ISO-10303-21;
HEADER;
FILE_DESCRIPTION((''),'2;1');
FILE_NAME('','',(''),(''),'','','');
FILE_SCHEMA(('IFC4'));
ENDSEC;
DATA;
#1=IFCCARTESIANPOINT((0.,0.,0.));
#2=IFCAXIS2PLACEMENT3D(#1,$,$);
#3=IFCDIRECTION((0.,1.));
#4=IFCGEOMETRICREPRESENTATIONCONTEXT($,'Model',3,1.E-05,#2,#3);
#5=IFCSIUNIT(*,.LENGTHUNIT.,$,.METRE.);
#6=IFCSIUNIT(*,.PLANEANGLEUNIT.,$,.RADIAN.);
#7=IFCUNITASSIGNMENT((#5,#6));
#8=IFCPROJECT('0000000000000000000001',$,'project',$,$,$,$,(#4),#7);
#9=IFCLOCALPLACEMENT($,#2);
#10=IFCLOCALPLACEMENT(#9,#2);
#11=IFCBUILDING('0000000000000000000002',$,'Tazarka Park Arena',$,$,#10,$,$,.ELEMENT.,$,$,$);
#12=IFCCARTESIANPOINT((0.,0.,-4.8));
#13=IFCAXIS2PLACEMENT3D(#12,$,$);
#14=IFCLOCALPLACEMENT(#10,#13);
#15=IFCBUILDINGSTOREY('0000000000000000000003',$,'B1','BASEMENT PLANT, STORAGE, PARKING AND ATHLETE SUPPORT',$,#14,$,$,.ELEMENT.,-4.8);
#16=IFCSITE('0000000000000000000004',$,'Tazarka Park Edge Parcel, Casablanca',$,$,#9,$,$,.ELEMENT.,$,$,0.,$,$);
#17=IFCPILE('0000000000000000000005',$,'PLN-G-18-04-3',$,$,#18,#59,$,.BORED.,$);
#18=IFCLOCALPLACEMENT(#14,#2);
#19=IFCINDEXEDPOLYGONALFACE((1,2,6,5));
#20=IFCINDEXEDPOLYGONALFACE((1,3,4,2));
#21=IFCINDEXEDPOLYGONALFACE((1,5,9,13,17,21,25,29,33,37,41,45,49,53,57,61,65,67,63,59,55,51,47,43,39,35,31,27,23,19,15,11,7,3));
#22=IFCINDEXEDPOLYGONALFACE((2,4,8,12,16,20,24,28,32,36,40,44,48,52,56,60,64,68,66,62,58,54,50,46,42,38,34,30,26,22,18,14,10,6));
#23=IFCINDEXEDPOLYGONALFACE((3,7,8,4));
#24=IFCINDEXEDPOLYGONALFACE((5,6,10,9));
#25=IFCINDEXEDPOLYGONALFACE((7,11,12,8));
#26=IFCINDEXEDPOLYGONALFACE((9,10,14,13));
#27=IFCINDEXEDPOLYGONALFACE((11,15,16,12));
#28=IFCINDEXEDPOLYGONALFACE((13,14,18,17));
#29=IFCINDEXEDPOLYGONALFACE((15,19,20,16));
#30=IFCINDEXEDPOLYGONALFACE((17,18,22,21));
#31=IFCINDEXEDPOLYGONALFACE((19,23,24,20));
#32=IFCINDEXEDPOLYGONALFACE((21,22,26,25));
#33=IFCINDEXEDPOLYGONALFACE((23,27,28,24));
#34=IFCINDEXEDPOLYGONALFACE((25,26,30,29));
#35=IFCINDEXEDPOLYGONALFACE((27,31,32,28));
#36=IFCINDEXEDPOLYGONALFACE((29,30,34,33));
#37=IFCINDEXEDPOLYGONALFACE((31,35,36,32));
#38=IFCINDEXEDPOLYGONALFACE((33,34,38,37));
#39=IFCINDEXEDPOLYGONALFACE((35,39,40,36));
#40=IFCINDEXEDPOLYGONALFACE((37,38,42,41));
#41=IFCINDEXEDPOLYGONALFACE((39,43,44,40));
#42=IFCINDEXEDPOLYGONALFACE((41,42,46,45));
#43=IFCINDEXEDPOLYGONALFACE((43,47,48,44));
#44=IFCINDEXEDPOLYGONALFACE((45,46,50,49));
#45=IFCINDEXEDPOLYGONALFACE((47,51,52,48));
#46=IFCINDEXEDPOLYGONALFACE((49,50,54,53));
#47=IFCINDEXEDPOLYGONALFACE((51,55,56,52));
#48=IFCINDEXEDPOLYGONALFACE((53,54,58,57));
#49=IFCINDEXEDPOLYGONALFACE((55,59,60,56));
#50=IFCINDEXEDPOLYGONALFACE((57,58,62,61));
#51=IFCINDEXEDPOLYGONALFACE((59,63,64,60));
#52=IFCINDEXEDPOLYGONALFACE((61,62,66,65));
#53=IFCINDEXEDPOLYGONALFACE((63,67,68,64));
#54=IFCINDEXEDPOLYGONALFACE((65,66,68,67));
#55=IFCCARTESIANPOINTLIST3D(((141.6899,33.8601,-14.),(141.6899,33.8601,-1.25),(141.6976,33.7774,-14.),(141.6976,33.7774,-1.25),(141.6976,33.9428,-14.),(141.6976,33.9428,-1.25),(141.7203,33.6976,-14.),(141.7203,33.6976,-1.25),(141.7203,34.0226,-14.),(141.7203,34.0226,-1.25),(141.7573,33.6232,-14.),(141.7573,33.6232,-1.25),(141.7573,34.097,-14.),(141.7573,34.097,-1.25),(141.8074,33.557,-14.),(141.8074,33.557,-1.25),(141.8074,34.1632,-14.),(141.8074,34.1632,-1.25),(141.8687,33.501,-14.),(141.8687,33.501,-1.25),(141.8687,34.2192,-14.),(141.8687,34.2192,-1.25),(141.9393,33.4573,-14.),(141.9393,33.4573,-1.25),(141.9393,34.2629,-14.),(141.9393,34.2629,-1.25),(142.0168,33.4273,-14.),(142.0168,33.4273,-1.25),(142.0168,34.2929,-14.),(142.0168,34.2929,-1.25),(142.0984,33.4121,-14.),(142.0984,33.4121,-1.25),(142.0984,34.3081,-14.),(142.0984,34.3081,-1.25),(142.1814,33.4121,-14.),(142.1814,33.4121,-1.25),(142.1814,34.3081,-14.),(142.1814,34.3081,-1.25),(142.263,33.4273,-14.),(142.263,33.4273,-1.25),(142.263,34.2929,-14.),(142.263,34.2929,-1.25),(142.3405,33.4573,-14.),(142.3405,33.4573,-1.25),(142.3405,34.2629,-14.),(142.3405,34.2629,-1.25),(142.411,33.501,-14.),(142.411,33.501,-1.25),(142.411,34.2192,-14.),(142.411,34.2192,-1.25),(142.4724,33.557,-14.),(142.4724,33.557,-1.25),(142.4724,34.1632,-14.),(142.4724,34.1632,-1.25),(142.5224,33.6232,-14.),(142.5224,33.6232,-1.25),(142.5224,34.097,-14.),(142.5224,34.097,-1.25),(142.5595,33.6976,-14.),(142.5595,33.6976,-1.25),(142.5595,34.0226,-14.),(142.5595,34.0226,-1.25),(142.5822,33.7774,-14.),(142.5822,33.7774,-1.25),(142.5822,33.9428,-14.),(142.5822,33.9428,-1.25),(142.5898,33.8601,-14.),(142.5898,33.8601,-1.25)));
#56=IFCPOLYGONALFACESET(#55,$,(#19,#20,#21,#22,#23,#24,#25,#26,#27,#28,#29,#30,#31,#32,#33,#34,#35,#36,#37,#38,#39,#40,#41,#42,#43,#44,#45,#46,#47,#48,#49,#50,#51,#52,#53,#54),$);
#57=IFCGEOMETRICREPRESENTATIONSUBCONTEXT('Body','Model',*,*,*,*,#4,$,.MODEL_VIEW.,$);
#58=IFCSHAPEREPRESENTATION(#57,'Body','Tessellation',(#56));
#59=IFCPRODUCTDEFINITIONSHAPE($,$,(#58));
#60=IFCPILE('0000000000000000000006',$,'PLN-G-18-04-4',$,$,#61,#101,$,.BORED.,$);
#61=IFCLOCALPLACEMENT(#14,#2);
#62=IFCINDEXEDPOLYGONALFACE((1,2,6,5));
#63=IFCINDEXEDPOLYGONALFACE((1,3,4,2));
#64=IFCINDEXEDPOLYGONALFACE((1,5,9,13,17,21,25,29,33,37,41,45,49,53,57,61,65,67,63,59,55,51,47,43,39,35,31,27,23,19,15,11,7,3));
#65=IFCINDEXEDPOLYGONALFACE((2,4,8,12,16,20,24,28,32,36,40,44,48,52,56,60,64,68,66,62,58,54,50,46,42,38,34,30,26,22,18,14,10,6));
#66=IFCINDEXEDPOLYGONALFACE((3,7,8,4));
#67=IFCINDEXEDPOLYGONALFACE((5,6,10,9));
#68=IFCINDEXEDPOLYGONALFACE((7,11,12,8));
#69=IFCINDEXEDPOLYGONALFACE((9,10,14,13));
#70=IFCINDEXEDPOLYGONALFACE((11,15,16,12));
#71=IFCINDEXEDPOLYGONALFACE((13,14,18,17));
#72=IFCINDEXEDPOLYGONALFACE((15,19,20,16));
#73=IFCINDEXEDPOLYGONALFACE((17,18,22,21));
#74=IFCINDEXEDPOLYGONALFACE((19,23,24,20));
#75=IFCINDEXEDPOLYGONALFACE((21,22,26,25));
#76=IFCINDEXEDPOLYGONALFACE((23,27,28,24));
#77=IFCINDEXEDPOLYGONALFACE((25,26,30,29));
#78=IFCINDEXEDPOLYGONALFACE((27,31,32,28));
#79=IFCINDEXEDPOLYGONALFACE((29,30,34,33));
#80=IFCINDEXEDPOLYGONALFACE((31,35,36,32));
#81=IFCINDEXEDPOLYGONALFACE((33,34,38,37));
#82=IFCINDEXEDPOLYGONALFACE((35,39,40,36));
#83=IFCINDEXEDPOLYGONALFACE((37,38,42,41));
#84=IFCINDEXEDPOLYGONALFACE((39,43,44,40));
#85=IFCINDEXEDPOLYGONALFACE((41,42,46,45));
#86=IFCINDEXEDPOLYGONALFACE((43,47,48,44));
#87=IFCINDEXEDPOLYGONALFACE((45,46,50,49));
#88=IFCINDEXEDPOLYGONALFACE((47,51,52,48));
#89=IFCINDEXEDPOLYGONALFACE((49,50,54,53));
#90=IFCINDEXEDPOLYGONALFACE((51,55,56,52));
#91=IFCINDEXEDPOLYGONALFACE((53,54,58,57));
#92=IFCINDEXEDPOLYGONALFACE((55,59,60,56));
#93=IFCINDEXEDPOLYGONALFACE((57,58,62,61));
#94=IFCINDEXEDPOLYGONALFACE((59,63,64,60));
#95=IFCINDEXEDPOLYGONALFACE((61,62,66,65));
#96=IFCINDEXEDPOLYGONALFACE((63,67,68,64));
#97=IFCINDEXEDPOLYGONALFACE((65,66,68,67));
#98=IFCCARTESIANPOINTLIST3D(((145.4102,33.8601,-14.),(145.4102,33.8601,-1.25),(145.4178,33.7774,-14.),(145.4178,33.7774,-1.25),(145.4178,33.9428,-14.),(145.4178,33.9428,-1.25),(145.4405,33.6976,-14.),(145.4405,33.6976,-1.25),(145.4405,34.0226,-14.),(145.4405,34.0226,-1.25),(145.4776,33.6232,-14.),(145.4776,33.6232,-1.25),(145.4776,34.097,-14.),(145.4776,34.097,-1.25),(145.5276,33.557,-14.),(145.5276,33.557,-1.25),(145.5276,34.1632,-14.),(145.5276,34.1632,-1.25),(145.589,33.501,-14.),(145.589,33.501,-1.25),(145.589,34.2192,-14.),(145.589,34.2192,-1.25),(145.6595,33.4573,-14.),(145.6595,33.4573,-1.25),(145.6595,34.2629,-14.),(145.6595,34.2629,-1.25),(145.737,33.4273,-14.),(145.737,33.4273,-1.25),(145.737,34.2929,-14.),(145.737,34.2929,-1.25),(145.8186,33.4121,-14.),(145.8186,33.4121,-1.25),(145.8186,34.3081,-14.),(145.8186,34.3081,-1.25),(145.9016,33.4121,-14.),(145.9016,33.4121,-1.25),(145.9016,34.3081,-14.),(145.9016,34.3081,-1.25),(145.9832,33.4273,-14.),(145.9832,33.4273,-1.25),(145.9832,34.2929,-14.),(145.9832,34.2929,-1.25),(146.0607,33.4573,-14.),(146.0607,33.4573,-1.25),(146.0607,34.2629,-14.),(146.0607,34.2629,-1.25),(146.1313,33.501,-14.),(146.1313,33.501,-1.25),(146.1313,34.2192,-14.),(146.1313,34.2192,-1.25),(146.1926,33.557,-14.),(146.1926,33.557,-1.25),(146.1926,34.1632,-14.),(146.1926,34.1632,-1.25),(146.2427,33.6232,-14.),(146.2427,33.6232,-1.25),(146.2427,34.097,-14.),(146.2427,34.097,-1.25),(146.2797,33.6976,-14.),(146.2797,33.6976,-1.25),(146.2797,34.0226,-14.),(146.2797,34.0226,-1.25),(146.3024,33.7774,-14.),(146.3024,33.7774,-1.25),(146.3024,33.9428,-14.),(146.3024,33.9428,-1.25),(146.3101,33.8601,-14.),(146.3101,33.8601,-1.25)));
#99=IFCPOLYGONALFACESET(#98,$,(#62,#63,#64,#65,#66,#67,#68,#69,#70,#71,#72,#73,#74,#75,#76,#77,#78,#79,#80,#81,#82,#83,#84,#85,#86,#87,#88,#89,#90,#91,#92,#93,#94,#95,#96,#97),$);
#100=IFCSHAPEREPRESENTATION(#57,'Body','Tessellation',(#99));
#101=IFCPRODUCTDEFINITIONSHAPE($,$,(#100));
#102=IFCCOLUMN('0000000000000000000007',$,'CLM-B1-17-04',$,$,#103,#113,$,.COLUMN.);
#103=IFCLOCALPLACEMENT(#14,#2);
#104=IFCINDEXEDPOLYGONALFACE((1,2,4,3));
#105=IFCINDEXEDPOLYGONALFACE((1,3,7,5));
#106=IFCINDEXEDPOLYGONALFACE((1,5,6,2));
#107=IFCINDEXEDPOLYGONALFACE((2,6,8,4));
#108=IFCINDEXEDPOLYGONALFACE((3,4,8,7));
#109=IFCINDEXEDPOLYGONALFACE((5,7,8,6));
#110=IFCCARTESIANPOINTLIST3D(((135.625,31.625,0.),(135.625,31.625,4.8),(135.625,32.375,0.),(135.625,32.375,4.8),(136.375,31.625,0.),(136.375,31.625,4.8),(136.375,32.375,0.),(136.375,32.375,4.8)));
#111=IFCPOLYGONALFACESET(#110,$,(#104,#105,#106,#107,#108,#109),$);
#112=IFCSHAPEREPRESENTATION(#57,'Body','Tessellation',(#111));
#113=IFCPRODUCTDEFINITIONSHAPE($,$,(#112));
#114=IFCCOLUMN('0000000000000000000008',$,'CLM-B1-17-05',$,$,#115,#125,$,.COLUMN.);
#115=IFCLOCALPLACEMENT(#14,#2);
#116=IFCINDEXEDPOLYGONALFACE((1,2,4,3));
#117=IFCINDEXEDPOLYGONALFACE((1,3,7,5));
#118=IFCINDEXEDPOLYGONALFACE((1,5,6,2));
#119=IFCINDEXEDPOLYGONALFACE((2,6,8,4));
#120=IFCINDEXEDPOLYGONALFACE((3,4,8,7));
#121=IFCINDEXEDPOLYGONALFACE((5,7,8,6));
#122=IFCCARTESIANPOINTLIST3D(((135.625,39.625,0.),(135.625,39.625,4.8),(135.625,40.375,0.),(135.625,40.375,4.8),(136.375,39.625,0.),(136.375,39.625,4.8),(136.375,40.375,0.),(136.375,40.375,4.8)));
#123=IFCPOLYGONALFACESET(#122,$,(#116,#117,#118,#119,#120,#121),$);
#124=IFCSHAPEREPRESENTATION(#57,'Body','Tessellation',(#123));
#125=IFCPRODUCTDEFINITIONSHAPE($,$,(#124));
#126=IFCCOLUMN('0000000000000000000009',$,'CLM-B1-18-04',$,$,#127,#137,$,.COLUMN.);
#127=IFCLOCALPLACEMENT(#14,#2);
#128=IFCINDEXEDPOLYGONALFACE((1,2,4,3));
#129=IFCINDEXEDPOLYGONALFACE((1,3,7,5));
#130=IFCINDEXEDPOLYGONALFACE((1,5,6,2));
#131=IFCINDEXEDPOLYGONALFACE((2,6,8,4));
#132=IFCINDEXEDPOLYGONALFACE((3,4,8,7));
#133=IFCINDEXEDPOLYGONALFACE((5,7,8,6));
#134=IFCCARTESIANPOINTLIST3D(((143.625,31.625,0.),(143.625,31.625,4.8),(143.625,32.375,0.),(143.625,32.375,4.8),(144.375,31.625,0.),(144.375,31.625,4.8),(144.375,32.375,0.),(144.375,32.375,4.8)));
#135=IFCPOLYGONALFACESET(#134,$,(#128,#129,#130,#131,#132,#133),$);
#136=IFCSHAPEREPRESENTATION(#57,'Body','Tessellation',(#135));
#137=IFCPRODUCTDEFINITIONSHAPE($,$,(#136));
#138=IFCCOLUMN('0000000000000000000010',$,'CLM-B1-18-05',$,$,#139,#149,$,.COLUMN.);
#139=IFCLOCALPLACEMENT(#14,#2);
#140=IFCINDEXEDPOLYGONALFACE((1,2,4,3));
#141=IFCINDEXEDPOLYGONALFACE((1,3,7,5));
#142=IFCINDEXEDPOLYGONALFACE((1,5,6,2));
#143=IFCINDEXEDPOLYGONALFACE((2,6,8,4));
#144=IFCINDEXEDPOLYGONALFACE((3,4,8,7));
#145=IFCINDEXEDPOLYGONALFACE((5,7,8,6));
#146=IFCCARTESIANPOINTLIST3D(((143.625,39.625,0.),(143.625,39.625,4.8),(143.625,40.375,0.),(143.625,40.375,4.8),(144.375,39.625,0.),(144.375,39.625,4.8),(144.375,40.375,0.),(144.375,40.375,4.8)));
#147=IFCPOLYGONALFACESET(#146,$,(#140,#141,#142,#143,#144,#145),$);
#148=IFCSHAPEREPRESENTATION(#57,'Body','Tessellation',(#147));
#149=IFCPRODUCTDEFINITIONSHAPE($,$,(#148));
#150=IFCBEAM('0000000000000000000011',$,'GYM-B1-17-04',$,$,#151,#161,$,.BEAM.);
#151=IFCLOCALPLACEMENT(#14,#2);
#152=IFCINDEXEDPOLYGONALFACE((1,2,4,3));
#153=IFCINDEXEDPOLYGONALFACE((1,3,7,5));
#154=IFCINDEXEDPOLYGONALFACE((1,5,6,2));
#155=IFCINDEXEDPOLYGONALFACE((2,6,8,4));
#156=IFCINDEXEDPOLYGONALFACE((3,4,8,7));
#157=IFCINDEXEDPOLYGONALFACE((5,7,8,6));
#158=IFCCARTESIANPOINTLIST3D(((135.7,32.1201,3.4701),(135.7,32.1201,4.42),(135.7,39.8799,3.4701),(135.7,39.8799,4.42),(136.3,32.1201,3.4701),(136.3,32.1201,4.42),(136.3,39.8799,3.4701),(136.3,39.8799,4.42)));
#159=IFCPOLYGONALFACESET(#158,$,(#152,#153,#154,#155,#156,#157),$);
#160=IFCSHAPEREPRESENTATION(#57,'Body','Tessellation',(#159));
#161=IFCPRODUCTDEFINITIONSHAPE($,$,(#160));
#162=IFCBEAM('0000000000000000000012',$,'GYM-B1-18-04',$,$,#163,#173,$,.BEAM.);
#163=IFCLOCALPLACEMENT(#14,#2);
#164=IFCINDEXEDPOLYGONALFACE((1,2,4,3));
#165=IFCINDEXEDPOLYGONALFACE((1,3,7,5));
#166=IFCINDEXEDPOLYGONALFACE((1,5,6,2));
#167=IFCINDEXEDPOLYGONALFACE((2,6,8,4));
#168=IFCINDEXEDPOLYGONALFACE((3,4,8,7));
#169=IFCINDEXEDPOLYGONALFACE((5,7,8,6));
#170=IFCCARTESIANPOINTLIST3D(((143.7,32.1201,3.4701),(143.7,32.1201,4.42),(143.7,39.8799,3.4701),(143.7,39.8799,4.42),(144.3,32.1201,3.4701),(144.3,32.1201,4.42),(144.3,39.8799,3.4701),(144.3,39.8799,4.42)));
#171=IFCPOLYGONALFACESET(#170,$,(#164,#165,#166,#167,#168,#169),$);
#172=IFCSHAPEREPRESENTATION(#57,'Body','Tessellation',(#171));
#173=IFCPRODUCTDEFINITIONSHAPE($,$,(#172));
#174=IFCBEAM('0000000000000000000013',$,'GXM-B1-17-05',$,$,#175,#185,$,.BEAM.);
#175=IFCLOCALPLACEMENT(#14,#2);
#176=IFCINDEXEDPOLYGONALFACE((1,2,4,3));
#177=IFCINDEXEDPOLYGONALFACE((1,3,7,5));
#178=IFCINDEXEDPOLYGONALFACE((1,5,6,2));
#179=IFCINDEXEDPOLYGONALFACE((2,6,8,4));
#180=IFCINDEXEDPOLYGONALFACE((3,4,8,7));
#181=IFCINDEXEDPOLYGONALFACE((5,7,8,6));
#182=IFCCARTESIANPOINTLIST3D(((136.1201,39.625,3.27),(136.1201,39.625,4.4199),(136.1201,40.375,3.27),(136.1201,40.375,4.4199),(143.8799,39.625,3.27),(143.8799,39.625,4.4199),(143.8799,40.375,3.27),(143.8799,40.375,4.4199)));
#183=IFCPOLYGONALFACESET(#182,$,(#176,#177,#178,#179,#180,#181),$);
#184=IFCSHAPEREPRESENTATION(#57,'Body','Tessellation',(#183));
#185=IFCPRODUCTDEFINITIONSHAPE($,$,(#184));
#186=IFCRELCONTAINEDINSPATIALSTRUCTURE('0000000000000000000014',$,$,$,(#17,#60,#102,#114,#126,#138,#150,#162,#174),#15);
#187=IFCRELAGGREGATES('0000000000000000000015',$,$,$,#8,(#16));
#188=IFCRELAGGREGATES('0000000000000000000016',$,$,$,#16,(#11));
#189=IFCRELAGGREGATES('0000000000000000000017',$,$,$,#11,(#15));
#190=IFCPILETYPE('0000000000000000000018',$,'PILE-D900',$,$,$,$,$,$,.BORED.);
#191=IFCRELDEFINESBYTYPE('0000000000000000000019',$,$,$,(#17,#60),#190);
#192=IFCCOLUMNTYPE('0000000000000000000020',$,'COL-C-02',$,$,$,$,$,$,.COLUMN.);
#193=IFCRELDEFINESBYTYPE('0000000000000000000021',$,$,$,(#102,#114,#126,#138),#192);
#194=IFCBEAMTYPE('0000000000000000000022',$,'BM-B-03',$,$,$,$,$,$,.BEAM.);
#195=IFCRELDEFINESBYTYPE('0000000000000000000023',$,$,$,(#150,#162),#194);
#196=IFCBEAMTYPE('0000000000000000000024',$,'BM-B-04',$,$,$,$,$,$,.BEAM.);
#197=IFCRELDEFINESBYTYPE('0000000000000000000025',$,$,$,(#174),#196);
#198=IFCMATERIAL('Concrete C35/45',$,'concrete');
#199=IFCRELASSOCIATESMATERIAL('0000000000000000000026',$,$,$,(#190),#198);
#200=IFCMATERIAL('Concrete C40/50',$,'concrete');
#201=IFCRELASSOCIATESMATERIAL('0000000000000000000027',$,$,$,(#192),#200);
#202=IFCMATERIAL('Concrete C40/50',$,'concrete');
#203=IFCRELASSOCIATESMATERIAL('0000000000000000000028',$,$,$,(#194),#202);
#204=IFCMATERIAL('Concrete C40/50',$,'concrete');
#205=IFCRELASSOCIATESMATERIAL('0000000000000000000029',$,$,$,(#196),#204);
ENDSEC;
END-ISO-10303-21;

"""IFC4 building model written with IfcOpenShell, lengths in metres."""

from ifc_helpers import new_model, si_unit, direction, frame, origin, origin_2d, place, context, subcontext, project, spatial, rectangle, circle, extrude, material, material_profile, profile_set, type_object, element, save


model = new_model("IFC4")

# Units and contexts
model_context = context("Model", 3, precision=1e-05, world=origin(), true_north=direction((0.0, 1.0)))
body_context = subcontext(model_context, "Body", "Model", "MODEL_VIEW")
ifc_project = project(units=[si_unit("LENGTHUNIT", "METRE"), si_unit("PLANEANGLEUNIT", "RADIAN")], contexts=[model_context])

# Site, building, storey
site_placement = place(None, origin())
site = spatial("IfcSite", under=ifc_project, at=site_placement, Name="Tazarka Park Edge Parcel, Casablanca", CompositionType="ELEMENT", RefElevation=0.0)
building_placement = place(site_placement, origin())
building = spatial("IfcBuilding", under=site, at=building_placement, Name="Tazarka Park Arena", CompositionType="ELEMENT")
storey_placement = place(building_placement, frame((0.0, 0.0, -4.8)))
storey = spatial("IfcBuildingStorey", under=building, at=storey_placement, Name="B1", Description="BASEMENT PLANT, STORAGE, PARKING AND ATHLETE SUPPORT", CompositionType="ELEMENT", Elevation=-4.8)

# Piles
ifc_material_1 = material(Name="Concrete C35/45", Category="concrete")
ifc_material_profile_1 = material_profile(ifc_material_1, circle(Radius=0.45, at=origin_2d()), Name="Concrete C35/45")
ifc_profile_set_1 = profile_set([ifc_material_profile_1], Name="Concrete C35/45")
pile_type = type_object("IfcPileType", Name="PILE-D900", PredefinedType="BORED", material=ifc_profile_set_1)
for number, where, z_axis, x_axis, name in (
    (1, (142.1399, 33.8601, -1.25), (0.0, 0.0, -1.0), (1.0, 0.0, 0.0), "PLN-G-18-04-3"),
    (2, (145.8601, 33.8601, -1.25), (0.0, 0.0, -1.0), (1.0, 0.0, 0.0), "PLN-G-18-04-4"),
):
    element("IfcPile", number, at=place(storey_placement, frame(where, z_axis=z_axis, x_axis=x_axis)), inside=storey, type_object=pile_type, Name=name, PredefinedType="BORED", context=body_context, shape_type="SweptSolid", body=[
        extrude(circle(Radius=0.45, at=origin_2d()), origin(), (0.0, 0.0, 1.0), 12.75),
    ])

# Columns
ifc_material_2 = material(Name="Concrete C40/50", Category="concrete")
ifc_material_profile_2 = material_profile(ifc_material_2, rectangle(XDim=0.75, YDim=0.75, at=origin_2d()), Name="Concrete C40/50")
ifc_profile_set_2 = profile_set([ifc_material_profile_2], Name="Concrete C40/50")
column_type = type_object("IfcColumnType", Name="COL-C-02", PredefinedType="COLUMN", material=ifc_profile_set_2)
for number, where, z_axis, x_axis, name in (
    (3, (136.0, 32.0, 0.0), (0.0, 0.0, 1.0), (1.0, 0.0, 0.0), "CLM-B1-17-04"),
    (4, (136.0, 40.0, 0.0), (0.0, 0.0, 1.0), (1.0, 0.0, 0.0), "CLM-B1-17-05"),
    (5, (144.0, 32.0, 0.0), (0.0, 0.0, 1.0), (1.0, 0.0, 0.0), "CLM-B1-18-04"),
    (6, (144.0, 40.0, 0.0), (0.0, 0.0, 1.0), (1.0, 0.0, 0.0), "CLM-B1-18-05"),
):
    element("IfcColumn", number, at=place(storey_placement, frame(where, z_axis=z_axis, x_axis=x_axis)), inside=storey, type_object=column_type, Name=name, PredefinedType="COLUMN", context=body_context, shape_type="SweptSolid", body=[
        extrude(rectangle(XDim=0.75, YDim=0.75, at=origin_2d()), origin(), (0.0, 0.0, 1.0), 4.8),
    ])

# Beams
ifc_material_3 = material(Name="Concrete C40/50", Category="concrete")
ifc_material_profile_3 = material_profile(ifc_material_3, rectangle(XDim=0.6001, YDim=0.95, at=origin_2d()), Name="Concrete C40/50")
ifc_profile_set_3 = profile_set([ifc_material_profile_3], Name="Concrete C40/50")
beam_type_1 = type_object("IfcBeamType", Name="BM-B-03", PredefinedType="BEAM", material=ifc_profile_set_3)
for number, where, z_axis, x_axis, name in (
    (7, (136.0, 32.1201, 3.9451), (0.0, 1.0, 0.0), (-1.0, 0.0, 0.0), "GYM-B1-17-04"),
    (8, (144.0, 32.1201, 3.9451), (0.0, 1.0, 0.0), (-1.0, 0.0, 0.0), "GYM-B1-18-04"),
):
    element("IfcBeam", number, at=place(storey_placement, frame(where, z_axis=z_axis, x_axis=x_axis)), inside=storey, type_object=beam_type_1, Name=name, PredefinedType="BEAM", context=body_context, shape_type="SweptSolid", body=[
        extrude(rectangle(XDim=0.6001, YDim=0.95, at=origin_2d()), origin(), (0.0, 0.0, 1.0), 7.7598),
    ])
ifc_material_4 = material(Name="Concrete C40/50", Category="concrete")
ifc_material_profile_4 = material_profile(ifc_material_4, rectangle(XDim=0.75, YDim=1.1499, at=origin_2d()), Name="Concrete C40/50")
ifc_profile_set_4 = profile_set([ifc_material_profile_4], Name="Concrete C40/50")
beam_type_2 = type_object("IfcBeamType", Name="BM-B-04", PredefinedType="BEAM", material=ifc_profile_set_4)
beam_1_placement = place(storey_placement, frame((136.1201, 40.0, 3.845), z_axis=(1.0, 0.0, 0.0), x_axis=(0.0, 1.0, 0.0)))
element("IfcBeam", 9, at=beam_1_placement, inside=storey, type_object=beam_type_2, Name="GXM-B1-17-05", PredefinedType="BEAM", context=body_context, shape_type="SweptSolid", body=[
    extrude(rectangle(XDim=0.75, YDim=1.1499, at=origin_2d()), origin(), (0.0, 0.0, 1.0), 7.7598),
])

save(model, "model.ifc")
